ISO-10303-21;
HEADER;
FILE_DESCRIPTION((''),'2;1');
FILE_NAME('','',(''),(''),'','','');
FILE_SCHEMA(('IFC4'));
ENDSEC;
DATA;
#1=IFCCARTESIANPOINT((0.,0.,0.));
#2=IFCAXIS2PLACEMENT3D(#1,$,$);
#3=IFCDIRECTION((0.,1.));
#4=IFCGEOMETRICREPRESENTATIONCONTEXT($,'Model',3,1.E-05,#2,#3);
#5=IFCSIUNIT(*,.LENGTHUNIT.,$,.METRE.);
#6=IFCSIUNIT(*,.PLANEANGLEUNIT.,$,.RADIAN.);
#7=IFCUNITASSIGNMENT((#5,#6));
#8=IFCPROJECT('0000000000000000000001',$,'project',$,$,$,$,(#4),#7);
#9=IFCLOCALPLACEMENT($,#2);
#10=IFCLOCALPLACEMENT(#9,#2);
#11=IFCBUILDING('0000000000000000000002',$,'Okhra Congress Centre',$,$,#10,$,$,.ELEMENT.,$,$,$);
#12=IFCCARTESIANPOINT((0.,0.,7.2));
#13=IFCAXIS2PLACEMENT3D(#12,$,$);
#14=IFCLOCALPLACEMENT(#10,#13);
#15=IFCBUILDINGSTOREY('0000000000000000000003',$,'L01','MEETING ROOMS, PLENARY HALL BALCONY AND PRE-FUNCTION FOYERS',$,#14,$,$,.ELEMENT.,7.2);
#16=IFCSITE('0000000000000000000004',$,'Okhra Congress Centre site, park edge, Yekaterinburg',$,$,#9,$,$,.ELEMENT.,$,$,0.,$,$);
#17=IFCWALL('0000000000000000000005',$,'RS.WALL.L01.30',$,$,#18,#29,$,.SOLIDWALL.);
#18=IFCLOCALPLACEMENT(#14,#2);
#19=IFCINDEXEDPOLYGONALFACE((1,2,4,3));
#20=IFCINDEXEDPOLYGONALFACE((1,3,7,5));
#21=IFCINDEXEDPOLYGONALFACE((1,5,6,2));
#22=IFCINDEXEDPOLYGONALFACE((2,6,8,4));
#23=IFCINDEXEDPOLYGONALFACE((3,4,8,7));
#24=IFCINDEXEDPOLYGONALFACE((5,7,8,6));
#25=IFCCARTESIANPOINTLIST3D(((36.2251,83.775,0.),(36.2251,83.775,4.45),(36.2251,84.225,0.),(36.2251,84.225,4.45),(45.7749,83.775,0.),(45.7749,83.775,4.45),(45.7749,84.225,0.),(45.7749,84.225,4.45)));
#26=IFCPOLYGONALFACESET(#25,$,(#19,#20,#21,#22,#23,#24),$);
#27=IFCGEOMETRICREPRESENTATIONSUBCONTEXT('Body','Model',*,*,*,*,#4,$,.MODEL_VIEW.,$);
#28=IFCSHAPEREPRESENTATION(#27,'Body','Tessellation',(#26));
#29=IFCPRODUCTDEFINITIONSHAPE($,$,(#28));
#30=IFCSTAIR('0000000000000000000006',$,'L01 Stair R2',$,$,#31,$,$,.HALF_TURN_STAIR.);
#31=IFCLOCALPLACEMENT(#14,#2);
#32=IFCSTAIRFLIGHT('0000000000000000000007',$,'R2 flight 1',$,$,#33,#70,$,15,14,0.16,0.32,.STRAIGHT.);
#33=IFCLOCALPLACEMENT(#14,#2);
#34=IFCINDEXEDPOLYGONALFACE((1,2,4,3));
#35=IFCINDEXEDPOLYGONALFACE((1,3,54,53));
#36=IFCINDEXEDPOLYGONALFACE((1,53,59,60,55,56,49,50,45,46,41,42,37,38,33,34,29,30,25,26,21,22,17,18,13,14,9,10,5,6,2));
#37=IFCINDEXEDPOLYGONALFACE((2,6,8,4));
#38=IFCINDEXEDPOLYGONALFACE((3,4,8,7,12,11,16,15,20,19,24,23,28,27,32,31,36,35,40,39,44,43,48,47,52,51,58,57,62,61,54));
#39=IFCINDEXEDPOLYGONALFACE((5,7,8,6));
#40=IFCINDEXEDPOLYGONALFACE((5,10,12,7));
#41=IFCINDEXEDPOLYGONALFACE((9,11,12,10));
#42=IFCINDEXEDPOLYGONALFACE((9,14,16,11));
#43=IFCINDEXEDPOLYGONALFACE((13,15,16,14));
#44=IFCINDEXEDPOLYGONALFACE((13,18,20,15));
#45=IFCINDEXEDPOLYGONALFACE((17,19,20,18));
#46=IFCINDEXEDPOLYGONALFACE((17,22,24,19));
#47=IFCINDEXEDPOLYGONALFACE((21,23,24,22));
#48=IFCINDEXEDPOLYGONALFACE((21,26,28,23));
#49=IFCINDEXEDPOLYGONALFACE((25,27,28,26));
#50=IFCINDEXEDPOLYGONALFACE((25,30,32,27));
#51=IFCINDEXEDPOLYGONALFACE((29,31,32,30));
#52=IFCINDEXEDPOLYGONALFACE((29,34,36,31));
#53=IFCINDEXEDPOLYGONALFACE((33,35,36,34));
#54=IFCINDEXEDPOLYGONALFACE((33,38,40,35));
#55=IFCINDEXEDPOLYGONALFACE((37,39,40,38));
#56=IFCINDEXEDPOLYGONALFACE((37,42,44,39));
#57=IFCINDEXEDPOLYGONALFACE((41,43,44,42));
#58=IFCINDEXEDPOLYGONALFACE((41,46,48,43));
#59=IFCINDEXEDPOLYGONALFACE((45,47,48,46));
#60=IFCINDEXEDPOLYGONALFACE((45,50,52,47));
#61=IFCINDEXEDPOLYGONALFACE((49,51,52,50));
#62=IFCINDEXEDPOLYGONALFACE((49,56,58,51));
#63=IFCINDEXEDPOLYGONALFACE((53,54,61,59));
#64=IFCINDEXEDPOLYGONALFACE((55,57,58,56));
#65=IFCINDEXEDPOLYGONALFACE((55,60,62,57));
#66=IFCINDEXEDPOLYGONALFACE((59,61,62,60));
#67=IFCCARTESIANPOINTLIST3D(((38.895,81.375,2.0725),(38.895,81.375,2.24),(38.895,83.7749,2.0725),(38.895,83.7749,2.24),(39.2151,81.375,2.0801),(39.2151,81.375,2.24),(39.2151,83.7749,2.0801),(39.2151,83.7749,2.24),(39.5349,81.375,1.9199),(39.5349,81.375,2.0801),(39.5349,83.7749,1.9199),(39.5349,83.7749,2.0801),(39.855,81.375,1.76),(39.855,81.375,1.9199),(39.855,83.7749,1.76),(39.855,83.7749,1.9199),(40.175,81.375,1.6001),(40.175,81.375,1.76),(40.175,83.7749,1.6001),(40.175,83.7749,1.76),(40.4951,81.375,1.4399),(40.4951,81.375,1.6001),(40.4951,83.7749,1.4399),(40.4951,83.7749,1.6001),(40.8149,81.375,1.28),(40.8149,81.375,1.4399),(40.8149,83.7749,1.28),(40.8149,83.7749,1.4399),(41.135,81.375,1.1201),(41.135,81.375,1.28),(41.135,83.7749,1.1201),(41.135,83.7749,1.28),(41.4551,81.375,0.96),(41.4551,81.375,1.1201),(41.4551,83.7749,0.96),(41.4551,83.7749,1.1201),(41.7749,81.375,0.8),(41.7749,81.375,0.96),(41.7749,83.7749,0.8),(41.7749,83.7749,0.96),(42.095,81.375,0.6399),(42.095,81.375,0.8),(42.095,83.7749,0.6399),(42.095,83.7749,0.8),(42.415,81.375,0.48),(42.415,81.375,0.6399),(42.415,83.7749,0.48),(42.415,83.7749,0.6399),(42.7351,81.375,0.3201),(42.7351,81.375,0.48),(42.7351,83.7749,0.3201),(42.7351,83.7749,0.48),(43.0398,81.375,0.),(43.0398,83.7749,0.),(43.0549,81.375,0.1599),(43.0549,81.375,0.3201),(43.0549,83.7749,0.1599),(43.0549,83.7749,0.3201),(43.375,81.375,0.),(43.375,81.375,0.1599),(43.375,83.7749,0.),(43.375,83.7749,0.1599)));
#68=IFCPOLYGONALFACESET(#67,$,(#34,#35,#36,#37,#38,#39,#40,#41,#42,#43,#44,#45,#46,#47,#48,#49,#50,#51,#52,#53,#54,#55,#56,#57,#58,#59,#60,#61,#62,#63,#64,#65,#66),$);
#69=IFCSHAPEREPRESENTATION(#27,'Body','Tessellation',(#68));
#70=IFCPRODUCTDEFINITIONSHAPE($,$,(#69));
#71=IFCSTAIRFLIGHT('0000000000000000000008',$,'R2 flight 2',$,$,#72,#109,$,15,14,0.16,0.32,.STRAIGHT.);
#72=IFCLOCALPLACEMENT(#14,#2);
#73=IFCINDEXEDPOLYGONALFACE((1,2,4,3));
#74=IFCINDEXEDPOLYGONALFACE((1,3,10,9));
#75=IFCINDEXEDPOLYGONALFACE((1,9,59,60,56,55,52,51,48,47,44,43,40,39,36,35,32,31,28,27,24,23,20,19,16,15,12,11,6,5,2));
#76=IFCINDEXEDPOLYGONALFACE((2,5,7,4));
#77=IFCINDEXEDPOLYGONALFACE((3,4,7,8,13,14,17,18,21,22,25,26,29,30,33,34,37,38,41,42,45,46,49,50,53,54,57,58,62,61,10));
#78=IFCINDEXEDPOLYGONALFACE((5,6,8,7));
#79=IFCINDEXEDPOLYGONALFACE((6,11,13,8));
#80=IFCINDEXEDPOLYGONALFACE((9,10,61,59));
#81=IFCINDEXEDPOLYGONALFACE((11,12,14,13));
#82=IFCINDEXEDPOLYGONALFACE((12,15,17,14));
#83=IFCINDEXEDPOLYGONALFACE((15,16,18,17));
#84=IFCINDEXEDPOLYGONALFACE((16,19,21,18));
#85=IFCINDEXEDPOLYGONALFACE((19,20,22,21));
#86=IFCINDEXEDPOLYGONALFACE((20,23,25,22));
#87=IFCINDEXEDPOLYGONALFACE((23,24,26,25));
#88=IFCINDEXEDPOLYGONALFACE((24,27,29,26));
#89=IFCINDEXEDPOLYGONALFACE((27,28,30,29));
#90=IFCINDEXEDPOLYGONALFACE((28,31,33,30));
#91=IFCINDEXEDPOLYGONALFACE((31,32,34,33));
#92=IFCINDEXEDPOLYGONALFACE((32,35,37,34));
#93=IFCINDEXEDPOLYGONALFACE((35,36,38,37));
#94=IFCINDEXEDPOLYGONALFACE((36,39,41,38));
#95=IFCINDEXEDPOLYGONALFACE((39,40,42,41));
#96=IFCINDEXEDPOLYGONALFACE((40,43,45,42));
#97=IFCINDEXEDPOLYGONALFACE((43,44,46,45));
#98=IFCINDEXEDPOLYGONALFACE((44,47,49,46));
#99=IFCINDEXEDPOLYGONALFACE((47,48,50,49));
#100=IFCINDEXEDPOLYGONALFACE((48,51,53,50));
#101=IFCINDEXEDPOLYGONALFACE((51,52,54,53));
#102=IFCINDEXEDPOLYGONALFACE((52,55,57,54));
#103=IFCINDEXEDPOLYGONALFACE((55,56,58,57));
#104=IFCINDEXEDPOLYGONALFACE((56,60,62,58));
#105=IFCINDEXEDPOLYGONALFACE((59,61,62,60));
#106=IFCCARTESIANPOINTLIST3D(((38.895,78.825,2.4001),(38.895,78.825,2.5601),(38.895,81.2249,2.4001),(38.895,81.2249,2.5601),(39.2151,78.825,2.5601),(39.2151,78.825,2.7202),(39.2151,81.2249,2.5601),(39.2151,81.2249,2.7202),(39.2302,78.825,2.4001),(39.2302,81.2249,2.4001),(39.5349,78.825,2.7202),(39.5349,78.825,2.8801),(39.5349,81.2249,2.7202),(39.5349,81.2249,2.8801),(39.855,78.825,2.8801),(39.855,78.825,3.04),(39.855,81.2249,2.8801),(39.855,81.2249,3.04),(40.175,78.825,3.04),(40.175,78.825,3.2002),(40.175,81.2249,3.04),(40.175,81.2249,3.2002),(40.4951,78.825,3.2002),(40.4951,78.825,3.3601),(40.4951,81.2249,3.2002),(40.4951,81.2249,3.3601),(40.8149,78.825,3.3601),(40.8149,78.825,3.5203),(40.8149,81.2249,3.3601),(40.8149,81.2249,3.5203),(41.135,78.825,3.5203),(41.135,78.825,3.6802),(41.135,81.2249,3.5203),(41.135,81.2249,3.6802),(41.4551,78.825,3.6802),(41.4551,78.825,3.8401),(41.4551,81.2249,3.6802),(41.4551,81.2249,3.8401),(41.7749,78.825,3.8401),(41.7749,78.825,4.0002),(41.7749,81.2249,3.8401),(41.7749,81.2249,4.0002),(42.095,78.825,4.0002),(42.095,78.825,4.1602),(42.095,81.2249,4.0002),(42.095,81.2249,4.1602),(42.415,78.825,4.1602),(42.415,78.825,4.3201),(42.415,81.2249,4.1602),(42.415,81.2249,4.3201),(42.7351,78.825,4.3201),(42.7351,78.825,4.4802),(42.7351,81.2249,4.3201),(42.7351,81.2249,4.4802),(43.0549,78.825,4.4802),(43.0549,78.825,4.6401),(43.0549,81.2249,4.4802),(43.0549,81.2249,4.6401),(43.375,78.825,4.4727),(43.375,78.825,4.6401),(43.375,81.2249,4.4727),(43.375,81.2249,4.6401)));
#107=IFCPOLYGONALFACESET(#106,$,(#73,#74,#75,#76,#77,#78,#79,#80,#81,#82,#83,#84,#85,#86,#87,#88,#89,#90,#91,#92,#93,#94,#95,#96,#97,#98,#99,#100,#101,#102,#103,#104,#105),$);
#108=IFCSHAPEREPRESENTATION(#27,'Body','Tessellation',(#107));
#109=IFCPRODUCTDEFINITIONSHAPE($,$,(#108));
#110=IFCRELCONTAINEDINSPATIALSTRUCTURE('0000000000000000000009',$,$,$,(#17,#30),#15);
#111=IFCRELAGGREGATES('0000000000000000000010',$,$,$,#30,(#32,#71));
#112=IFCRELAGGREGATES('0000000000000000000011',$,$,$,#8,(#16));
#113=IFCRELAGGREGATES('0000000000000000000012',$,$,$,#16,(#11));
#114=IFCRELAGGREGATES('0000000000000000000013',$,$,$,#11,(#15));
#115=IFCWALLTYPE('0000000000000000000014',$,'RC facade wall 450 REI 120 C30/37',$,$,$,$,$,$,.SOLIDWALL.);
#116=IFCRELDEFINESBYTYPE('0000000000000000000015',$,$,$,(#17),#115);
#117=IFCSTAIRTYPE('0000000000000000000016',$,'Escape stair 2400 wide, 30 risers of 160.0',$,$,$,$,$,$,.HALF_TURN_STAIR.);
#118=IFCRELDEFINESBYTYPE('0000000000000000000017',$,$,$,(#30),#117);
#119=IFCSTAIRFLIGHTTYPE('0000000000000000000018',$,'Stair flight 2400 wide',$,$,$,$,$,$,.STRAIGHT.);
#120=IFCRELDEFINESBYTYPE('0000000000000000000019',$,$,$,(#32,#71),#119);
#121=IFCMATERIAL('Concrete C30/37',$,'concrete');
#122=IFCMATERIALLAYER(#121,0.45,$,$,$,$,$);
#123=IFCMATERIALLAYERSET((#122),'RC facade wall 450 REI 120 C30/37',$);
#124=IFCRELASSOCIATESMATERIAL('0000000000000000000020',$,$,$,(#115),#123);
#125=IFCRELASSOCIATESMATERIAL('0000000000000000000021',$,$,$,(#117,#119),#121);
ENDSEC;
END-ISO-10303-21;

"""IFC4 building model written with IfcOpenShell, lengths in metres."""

from ifc_helpers import new_model, si_unit, direction, frame, frame_2d, origin, place, context, subcontext, project, spatial, polyline, rectangle, outline, extrude, material, layer, layer_set, type_object, element, aggregate, save


model = new_model("IFC4")

# Units and contexts
model_context = context("Model", 3, precision=1e-05, world=origin(), true_north=direction((0.0, 1.0)))
body_context = subcontext(model_context, "Body", "Model", "MODEL_VIEW")
ifc_project = project(units=[si_unit("LENGTHUNIT", "METRE"), si_unit("PLANEANGLEUNIT", "RADIAN")], contexts=[model_context])

# Site, building, storey
site_placement = place(None, origin())
site = spatial("IfcSite", under=ifc_project, at=site_placement, Name="Okhra Congress Centre site, park edge, Yekaterinburg", CompositionType="ELEMENT", RefElevation=0.0)
building_placement = place(site_placement, origin())
building = spatial("IfcBuilding", under=site, at=building_placement, Name="Okhra Congress Centre", CompositionType="ELEMENT")
storey_placement = place(building_placement, frame((0.0, 0.0, 7.2)))
storey = spatial("IfcBuildingStorey", under=building, at=storey_placement, Name="L01", Description="MEETING ROOMS, PLENARY HALL BALCONY AND PRE-FUNCTION FOYERS", CompositionType="ELEMENT", Elevation=7.2)

# Wall
ifc_material_1 = material(Name="Concrete C30/37", Category="concrete")
ifc_layer_1 = layer(ifc_material_1, 0.45)
ifc_layer_set_1 = layer_set([ifc_layer_1], Name="RC facade wall 450 REI 120 C30/37")
wall_type_1 = type_object("IfcWallType", Name="RC facade wall 450 REI 120 C30/37", PredefinedType="SOLIDWALL", material=ifc_layer_set_1)
wall_1_placement = place(storey_placement, frame((45.7749, 84.0, 0.0), z_axis=(0.0, 0.0, 1.0), x_axis=(-1.0, 0.0, 0.0)))
element("IfcWall", 1, at=wall_1_placement, inside=storey, type_object=wall_type_1, Name="RS.WALL.L01.30", PredefinedType="SOLIDWALL", context=body_context, shape_type="SweptSolid", body=[
    extrude(rectangle(XDim=9.5498, YDim=0.45, at=frame_2d((4.7749, 0.0))), origin(), (0.0, 0.0, 1.0), 4.45),
])

# Stair, stair flights
stair_type = type_object("IfcStairType", Name="Escape stair 2400 wide, 30 risers of 160.0", PredefinedType="HALF_TURN_STAIR", material=ifc_material_1)
stair_placement = place(storey_placement, origin())
stair = element("IfcStair", 2, at=stair_placement, inside=storey, type_object=stair_type, Name="L01 Stair R2", PredefinedType="HALF_TURN_STAIR")
stair_flight_type = type_object("IfcStairFlightType", Name="Stair flight 2400 wide", PredefinedType="STRAIGHT", material=ifc_material_1)
stair_flight_1_placement = place(storey_placement, frame((43.375, 82.575, 0.0), z_axis=(0.0, 0.0, 1.0), x_axis=(-1.0, 0.0, 0.0)))
stair_flight_1 = element("IfcStairFlight", 3, at=stair_flight_1_placement, type_object=stair_flight_type, Name="R2 flight 1", NumberOfRisers=15, NumberOfTreads=14, PredefinedType="STRAIGHT", RiserHeight=0.16, TreadLength=0.32, context=body_context, shape_type="SweptSolid", body=[
    extrude(outline(polyline([(0.0, 0.0), (0.0, 0.1599), (0.3201, 0.1599), (0.3201, 0.3201), (0.6399, 0.3201), (0.6399, 0.48), (0.96, 0.48), (0.96, 0.6399), (1.28, 0.6399), (1.28, 0.8), (1.6001, 0.8), (1.6001, 0.96), (1.9199, 0.96), (1.9199, 1.1201), (2.24, 1.1201), (2.24, 1.28), (2.5601, 1.28), (2.5601, 1.4399), (2.8799, 1.4399), (2.8799, 1.6001), (3.2, 1.6001), (3.2, 1.76), (3.52, 1.76), (3.52, 1.9199), (3.8401, 1.9199), (3.8401, 2.0801), (4.1599, 2.0801), (4.1599, 2.24), (4.48, 2.24), (4.48, 2.3999), (4.48, 2.0725), (0.3352, 0.0), (0.0, 0.0)])), frame((0.0, 1.2, 0.0), z_axis=(0.0, -1.0, 0.0), x_axis=(1.0, 0.0, 0.0)), (0.0, 0.0, 1.0), 2.3999),
])
stair_flight_2_placement = place(storey_placement, frame((38.895, 80.0249, 2.4001), z_axis=(0.0, 0.0, 1.0), x_axis=(1.0, 0.0, 0.0)))
stair_flight_2 = element("IfcStairFlight", 4, at=stair_flight_2_placement, type_object=stair_flight_type, Name="R2 flight 2", NumberOfRisers=15, NumberOfTreads=14, PredefinedType="STRAIGHT", RiserHeight=0.16, TreadLength=0.32, context=body_context, shape_type="SweptSolid", body=[
    extrude(outline(polyline([(0.0, 0.0), (0.0, 0.1599), (0.3201, 0.1599), (0.3201, 0.3201), (0.6399, 0.3201), (0.6399, 0.48), (0.96, 0.48), (0.96, 0.6399), (1.28, 0.6399), (1.28, 0.8), (1.6001, 0.8), (1.6001, 0.96), (1.9199, 0.96), (1.9199, 1.1201), (2.24, 1.1201), (2.24, 1.28), (2.5601, 1.28), (2.5601, 1.4399), (2.8799, 1.4399), (2.8799, 1.6001), (3.2, 1.6001), (3.2, 1.76), (3.52, 1.76), (3.52, 1.9199), (3.8401, 1.9199), (3.8401, 2.0801), (4.1599, 2.0801), (4.1599, 2.24), (4.48, 2.24), (4.48, 2.3999), (4.48, 2.0725), (0.3352, 0.0), (0.0, 0.0)])), frame((0.0, 1.2, 0.0), z_axis=(0.0, -1.0, 0.0), x_axis=(1.0, 0.0, 0.0)), (0.0, 0.0, 1.0), 2.3999),
])
aggregate(stair, [stair_flight_1, stair_flight_2])

save(model, "model.ifc")
